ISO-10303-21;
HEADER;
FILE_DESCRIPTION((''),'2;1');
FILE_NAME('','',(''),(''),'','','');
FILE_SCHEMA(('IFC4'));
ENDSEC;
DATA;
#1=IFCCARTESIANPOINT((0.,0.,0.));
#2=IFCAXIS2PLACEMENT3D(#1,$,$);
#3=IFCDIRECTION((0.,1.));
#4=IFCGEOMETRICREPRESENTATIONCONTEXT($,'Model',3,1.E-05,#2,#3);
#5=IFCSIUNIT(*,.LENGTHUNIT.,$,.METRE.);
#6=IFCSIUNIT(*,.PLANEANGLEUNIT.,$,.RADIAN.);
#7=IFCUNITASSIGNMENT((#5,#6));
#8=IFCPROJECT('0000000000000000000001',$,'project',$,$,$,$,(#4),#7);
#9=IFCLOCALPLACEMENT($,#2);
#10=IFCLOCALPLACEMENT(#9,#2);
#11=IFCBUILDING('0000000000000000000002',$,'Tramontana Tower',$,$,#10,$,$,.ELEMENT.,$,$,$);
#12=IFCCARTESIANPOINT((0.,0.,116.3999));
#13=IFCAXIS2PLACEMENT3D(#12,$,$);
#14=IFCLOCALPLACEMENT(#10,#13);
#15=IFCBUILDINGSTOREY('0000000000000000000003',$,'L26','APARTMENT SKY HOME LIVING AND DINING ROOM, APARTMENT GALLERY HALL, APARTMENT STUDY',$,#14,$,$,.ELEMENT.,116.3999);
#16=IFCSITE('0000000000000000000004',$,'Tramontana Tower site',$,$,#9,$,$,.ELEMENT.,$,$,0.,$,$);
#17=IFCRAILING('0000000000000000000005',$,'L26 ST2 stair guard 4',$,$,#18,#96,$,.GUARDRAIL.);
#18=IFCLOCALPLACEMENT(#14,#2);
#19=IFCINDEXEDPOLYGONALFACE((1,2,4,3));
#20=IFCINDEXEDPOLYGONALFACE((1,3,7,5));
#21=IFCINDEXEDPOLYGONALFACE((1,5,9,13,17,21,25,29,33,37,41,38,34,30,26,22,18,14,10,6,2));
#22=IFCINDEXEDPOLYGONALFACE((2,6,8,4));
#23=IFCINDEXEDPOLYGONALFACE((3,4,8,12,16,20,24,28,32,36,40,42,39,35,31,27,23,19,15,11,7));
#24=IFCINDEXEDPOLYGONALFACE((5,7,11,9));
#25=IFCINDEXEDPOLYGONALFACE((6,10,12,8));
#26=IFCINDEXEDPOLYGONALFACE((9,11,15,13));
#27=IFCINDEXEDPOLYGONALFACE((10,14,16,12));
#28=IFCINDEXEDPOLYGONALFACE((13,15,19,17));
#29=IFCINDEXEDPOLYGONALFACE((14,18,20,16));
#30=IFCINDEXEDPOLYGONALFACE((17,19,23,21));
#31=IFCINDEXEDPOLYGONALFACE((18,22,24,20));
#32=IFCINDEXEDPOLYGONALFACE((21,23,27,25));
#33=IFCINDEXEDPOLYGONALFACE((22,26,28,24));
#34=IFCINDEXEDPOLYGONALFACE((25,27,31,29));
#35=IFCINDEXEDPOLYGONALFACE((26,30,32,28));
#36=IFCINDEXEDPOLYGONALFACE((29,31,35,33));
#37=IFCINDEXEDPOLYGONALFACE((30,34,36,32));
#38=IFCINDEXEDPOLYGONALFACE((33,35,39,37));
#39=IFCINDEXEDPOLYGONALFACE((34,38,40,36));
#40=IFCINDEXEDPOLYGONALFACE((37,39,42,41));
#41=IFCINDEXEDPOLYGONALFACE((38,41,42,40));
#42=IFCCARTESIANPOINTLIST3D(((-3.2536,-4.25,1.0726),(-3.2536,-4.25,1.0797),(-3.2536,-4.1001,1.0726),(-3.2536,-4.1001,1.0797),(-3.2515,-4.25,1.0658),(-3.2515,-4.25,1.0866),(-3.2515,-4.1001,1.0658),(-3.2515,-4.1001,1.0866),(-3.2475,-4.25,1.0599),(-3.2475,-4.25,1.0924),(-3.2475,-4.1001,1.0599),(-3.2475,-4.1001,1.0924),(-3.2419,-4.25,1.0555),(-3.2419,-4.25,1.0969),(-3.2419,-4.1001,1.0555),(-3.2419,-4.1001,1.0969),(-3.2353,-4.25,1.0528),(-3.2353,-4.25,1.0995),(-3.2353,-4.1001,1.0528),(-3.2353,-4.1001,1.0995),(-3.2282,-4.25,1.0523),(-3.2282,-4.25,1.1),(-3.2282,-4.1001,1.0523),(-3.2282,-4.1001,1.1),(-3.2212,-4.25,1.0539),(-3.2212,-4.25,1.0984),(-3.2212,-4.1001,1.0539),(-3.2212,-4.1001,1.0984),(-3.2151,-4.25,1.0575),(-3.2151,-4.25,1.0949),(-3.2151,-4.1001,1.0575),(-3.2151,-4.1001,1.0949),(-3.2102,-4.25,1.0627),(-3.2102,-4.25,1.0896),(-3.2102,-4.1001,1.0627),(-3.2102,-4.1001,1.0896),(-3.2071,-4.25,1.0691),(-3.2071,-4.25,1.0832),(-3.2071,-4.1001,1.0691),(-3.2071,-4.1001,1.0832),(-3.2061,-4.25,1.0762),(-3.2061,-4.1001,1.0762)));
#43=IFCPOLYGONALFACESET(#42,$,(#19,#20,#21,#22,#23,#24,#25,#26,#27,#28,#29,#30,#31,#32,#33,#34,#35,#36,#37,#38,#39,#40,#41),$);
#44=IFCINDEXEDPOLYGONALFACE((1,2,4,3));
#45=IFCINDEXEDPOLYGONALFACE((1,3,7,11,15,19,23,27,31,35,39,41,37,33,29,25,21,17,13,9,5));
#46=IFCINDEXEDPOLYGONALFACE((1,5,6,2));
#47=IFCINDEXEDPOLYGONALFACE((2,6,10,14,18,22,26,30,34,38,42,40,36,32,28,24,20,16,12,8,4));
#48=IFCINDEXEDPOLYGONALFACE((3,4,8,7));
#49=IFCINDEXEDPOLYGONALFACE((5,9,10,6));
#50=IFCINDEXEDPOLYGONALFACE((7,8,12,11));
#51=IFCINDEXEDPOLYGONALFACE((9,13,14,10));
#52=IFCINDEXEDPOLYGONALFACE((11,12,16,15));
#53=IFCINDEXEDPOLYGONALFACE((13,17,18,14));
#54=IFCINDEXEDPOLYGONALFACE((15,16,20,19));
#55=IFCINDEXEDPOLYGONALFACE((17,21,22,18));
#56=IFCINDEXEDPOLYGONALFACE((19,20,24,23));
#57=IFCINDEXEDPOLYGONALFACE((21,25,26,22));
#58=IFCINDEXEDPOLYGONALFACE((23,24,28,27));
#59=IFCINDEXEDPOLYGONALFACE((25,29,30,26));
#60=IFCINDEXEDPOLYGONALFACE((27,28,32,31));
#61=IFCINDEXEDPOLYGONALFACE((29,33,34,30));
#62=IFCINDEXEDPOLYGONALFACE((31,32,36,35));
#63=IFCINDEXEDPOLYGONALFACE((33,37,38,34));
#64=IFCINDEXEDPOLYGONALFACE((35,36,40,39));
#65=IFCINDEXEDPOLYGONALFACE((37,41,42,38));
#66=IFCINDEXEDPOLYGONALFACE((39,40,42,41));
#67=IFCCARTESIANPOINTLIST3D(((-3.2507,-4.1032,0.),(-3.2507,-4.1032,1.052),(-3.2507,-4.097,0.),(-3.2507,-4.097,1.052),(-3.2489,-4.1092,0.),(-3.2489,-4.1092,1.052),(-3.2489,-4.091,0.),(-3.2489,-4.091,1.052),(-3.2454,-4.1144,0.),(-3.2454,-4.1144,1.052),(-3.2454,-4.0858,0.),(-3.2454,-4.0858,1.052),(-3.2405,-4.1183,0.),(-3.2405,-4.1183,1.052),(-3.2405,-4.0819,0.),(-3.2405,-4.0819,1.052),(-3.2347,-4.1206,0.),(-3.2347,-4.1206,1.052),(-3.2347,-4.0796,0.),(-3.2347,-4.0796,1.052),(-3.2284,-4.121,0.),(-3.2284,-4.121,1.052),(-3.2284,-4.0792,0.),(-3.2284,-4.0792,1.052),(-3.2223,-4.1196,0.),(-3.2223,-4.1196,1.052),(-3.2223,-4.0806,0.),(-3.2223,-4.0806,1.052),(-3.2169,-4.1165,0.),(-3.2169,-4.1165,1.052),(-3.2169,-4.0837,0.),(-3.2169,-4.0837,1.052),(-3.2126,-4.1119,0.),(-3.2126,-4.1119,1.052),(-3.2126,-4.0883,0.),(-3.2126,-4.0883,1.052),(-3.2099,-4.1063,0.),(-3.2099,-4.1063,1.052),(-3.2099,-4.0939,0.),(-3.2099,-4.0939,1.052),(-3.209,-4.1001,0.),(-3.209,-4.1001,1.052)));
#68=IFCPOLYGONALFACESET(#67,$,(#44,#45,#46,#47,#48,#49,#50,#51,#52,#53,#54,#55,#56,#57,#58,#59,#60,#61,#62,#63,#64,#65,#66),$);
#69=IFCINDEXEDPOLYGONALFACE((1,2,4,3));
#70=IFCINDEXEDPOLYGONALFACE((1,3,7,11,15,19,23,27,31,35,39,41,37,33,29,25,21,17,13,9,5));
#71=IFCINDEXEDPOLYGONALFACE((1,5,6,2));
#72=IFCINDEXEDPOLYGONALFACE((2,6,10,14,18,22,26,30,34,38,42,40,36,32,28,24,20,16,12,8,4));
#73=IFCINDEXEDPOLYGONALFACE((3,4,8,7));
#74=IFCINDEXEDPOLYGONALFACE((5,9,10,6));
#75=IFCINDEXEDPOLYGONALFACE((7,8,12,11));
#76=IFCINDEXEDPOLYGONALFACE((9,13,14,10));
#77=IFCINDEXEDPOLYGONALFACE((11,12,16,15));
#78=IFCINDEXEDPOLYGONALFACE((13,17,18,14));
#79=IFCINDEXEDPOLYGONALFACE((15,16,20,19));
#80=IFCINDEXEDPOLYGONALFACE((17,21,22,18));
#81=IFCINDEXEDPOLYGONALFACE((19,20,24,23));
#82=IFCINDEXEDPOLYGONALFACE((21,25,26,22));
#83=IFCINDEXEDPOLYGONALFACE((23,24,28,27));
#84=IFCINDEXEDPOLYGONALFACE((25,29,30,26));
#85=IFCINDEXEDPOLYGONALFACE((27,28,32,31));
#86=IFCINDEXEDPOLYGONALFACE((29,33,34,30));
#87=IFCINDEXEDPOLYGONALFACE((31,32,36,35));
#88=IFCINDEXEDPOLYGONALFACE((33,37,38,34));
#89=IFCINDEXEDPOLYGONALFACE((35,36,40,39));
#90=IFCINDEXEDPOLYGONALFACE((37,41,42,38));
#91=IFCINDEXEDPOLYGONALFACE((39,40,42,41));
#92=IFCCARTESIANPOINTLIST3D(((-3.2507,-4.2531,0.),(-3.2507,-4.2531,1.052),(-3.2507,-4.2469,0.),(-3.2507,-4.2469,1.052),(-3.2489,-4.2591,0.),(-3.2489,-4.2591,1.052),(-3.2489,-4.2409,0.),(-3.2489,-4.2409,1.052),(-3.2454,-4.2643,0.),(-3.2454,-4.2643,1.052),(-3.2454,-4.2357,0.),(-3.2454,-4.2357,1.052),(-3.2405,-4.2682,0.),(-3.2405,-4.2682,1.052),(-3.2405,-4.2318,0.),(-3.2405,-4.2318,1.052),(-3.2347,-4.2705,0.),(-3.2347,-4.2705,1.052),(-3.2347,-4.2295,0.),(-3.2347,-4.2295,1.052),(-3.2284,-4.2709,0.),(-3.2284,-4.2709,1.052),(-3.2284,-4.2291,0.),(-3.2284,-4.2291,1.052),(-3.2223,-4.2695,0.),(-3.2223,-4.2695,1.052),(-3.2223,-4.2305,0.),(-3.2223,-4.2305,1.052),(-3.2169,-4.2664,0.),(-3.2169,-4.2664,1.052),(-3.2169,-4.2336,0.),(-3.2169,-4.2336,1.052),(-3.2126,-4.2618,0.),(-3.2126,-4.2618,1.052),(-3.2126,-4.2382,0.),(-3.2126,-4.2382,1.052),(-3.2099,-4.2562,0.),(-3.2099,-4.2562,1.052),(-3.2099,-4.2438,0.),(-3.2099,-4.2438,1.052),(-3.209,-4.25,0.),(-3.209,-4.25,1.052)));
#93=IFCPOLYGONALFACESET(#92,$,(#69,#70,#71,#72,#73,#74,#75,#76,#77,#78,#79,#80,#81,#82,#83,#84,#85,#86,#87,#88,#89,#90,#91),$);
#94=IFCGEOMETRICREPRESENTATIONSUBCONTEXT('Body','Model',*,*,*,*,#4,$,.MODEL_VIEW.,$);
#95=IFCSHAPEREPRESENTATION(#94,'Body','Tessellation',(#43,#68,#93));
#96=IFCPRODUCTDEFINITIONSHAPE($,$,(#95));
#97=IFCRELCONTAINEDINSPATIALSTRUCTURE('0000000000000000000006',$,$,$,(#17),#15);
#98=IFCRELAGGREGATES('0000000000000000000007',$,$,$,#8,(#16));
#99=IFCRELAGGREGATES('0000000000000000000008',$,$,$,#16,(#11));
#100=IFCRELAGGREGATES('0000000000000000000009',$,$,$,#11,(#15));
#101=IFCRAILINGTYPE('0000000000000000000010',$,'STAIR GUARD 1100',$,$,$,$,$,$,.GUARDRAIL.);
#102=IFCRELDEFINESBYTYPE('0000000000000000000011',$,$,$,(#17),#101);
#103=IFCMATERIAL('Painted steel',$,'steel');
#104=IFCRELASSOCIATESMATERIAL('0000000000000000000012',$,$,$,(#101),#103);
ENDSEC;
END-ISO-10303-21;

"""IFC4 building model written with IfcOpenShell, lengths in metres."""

from ifc_helpers import new_model, si_unit, direction, frame, origin, origin_2d, place, context, subcontext, project, spatial, circle, extrude, material, type_object, element, save


model = new_model("IFC4")

# Units and contexts
model_context = context("Model", 3, precision=1e-05, world=origin(), true_north=direction((0.0, 1.0)))
body_context = subcontext(model_context, "Body", "Model", "MODEL_VIEW")
ifc_project = project(units=[si_unit("LENGTHUNIT", "METRE"), si_unit("PLANEANGLEUNIT", "RADIAN")], contexts=[model_context])

# Site, building, storey
site_placement = place(None, origin())
site = spatial("IfcSite", under=ifc_project, at=site_placement, Name="Tramontana Tower site", CompositionType="ELEMENT", RefElevation=0.0)
building_placement = place(site_placement, origin())
building = spatial("IfcBuilding", under=site, at=building_placement, Name="Tramontana Tower", CompositionType="ELEMENT")
storey_placement = place(building_placement, frame((0.0, 0.0, 116.3999)))
storey = spatial("IfcBuildingStorey", under=building, at=storey_placement, Name="L26", Description="APARTMENT SKY HOME LIVING AND DINING ROOM, APARTMENT GALLERY HALL, APARTMENT STUDY", CompositionType="ELEMENT", Elevation=116.3999)

# Railing
ifc_material_1 = material(Name="Painted steel", Category="steel")
railing_type_1 = type_object("IfcRailingType", Name="STAIR GUARD 1100", PredefinedType="GUARDRAIL", material=ifc_material_1)
railing_1_placement = place(storey_placement, frame((-3.23, -4.1001, 0.0)))
element("IfcRailing", 1, at=railing_1_placement, inside=storey, type_object=railing_type_1, Name="L26 ST2 stair guard 4", PredefinedType="GUARDRAIL", context=body_context, shape_type="SweptSolid", body=[
    extrude(circle(Radius=0.0239, at=origin_2d()), frame((0.0, 0.0, 1.0762), z_axis=(0.0, -1.0, 0.0), x_axis=(1.0, 0.0, 0.0)), (0.0, 0.0, 1.0), 0.1499),
    extrude(circle(Radius=0.021, at=origin_2d()), origin(), (0.0, 0.0, 1.0), 1.052),
    extrude(circle(Radius=0.021, at=origin_2d()), frame((0.0, -0.1499, 0.0)), (0.0, 0.0, 1.0), 1.052),
])

save(model, "model.ifc")
